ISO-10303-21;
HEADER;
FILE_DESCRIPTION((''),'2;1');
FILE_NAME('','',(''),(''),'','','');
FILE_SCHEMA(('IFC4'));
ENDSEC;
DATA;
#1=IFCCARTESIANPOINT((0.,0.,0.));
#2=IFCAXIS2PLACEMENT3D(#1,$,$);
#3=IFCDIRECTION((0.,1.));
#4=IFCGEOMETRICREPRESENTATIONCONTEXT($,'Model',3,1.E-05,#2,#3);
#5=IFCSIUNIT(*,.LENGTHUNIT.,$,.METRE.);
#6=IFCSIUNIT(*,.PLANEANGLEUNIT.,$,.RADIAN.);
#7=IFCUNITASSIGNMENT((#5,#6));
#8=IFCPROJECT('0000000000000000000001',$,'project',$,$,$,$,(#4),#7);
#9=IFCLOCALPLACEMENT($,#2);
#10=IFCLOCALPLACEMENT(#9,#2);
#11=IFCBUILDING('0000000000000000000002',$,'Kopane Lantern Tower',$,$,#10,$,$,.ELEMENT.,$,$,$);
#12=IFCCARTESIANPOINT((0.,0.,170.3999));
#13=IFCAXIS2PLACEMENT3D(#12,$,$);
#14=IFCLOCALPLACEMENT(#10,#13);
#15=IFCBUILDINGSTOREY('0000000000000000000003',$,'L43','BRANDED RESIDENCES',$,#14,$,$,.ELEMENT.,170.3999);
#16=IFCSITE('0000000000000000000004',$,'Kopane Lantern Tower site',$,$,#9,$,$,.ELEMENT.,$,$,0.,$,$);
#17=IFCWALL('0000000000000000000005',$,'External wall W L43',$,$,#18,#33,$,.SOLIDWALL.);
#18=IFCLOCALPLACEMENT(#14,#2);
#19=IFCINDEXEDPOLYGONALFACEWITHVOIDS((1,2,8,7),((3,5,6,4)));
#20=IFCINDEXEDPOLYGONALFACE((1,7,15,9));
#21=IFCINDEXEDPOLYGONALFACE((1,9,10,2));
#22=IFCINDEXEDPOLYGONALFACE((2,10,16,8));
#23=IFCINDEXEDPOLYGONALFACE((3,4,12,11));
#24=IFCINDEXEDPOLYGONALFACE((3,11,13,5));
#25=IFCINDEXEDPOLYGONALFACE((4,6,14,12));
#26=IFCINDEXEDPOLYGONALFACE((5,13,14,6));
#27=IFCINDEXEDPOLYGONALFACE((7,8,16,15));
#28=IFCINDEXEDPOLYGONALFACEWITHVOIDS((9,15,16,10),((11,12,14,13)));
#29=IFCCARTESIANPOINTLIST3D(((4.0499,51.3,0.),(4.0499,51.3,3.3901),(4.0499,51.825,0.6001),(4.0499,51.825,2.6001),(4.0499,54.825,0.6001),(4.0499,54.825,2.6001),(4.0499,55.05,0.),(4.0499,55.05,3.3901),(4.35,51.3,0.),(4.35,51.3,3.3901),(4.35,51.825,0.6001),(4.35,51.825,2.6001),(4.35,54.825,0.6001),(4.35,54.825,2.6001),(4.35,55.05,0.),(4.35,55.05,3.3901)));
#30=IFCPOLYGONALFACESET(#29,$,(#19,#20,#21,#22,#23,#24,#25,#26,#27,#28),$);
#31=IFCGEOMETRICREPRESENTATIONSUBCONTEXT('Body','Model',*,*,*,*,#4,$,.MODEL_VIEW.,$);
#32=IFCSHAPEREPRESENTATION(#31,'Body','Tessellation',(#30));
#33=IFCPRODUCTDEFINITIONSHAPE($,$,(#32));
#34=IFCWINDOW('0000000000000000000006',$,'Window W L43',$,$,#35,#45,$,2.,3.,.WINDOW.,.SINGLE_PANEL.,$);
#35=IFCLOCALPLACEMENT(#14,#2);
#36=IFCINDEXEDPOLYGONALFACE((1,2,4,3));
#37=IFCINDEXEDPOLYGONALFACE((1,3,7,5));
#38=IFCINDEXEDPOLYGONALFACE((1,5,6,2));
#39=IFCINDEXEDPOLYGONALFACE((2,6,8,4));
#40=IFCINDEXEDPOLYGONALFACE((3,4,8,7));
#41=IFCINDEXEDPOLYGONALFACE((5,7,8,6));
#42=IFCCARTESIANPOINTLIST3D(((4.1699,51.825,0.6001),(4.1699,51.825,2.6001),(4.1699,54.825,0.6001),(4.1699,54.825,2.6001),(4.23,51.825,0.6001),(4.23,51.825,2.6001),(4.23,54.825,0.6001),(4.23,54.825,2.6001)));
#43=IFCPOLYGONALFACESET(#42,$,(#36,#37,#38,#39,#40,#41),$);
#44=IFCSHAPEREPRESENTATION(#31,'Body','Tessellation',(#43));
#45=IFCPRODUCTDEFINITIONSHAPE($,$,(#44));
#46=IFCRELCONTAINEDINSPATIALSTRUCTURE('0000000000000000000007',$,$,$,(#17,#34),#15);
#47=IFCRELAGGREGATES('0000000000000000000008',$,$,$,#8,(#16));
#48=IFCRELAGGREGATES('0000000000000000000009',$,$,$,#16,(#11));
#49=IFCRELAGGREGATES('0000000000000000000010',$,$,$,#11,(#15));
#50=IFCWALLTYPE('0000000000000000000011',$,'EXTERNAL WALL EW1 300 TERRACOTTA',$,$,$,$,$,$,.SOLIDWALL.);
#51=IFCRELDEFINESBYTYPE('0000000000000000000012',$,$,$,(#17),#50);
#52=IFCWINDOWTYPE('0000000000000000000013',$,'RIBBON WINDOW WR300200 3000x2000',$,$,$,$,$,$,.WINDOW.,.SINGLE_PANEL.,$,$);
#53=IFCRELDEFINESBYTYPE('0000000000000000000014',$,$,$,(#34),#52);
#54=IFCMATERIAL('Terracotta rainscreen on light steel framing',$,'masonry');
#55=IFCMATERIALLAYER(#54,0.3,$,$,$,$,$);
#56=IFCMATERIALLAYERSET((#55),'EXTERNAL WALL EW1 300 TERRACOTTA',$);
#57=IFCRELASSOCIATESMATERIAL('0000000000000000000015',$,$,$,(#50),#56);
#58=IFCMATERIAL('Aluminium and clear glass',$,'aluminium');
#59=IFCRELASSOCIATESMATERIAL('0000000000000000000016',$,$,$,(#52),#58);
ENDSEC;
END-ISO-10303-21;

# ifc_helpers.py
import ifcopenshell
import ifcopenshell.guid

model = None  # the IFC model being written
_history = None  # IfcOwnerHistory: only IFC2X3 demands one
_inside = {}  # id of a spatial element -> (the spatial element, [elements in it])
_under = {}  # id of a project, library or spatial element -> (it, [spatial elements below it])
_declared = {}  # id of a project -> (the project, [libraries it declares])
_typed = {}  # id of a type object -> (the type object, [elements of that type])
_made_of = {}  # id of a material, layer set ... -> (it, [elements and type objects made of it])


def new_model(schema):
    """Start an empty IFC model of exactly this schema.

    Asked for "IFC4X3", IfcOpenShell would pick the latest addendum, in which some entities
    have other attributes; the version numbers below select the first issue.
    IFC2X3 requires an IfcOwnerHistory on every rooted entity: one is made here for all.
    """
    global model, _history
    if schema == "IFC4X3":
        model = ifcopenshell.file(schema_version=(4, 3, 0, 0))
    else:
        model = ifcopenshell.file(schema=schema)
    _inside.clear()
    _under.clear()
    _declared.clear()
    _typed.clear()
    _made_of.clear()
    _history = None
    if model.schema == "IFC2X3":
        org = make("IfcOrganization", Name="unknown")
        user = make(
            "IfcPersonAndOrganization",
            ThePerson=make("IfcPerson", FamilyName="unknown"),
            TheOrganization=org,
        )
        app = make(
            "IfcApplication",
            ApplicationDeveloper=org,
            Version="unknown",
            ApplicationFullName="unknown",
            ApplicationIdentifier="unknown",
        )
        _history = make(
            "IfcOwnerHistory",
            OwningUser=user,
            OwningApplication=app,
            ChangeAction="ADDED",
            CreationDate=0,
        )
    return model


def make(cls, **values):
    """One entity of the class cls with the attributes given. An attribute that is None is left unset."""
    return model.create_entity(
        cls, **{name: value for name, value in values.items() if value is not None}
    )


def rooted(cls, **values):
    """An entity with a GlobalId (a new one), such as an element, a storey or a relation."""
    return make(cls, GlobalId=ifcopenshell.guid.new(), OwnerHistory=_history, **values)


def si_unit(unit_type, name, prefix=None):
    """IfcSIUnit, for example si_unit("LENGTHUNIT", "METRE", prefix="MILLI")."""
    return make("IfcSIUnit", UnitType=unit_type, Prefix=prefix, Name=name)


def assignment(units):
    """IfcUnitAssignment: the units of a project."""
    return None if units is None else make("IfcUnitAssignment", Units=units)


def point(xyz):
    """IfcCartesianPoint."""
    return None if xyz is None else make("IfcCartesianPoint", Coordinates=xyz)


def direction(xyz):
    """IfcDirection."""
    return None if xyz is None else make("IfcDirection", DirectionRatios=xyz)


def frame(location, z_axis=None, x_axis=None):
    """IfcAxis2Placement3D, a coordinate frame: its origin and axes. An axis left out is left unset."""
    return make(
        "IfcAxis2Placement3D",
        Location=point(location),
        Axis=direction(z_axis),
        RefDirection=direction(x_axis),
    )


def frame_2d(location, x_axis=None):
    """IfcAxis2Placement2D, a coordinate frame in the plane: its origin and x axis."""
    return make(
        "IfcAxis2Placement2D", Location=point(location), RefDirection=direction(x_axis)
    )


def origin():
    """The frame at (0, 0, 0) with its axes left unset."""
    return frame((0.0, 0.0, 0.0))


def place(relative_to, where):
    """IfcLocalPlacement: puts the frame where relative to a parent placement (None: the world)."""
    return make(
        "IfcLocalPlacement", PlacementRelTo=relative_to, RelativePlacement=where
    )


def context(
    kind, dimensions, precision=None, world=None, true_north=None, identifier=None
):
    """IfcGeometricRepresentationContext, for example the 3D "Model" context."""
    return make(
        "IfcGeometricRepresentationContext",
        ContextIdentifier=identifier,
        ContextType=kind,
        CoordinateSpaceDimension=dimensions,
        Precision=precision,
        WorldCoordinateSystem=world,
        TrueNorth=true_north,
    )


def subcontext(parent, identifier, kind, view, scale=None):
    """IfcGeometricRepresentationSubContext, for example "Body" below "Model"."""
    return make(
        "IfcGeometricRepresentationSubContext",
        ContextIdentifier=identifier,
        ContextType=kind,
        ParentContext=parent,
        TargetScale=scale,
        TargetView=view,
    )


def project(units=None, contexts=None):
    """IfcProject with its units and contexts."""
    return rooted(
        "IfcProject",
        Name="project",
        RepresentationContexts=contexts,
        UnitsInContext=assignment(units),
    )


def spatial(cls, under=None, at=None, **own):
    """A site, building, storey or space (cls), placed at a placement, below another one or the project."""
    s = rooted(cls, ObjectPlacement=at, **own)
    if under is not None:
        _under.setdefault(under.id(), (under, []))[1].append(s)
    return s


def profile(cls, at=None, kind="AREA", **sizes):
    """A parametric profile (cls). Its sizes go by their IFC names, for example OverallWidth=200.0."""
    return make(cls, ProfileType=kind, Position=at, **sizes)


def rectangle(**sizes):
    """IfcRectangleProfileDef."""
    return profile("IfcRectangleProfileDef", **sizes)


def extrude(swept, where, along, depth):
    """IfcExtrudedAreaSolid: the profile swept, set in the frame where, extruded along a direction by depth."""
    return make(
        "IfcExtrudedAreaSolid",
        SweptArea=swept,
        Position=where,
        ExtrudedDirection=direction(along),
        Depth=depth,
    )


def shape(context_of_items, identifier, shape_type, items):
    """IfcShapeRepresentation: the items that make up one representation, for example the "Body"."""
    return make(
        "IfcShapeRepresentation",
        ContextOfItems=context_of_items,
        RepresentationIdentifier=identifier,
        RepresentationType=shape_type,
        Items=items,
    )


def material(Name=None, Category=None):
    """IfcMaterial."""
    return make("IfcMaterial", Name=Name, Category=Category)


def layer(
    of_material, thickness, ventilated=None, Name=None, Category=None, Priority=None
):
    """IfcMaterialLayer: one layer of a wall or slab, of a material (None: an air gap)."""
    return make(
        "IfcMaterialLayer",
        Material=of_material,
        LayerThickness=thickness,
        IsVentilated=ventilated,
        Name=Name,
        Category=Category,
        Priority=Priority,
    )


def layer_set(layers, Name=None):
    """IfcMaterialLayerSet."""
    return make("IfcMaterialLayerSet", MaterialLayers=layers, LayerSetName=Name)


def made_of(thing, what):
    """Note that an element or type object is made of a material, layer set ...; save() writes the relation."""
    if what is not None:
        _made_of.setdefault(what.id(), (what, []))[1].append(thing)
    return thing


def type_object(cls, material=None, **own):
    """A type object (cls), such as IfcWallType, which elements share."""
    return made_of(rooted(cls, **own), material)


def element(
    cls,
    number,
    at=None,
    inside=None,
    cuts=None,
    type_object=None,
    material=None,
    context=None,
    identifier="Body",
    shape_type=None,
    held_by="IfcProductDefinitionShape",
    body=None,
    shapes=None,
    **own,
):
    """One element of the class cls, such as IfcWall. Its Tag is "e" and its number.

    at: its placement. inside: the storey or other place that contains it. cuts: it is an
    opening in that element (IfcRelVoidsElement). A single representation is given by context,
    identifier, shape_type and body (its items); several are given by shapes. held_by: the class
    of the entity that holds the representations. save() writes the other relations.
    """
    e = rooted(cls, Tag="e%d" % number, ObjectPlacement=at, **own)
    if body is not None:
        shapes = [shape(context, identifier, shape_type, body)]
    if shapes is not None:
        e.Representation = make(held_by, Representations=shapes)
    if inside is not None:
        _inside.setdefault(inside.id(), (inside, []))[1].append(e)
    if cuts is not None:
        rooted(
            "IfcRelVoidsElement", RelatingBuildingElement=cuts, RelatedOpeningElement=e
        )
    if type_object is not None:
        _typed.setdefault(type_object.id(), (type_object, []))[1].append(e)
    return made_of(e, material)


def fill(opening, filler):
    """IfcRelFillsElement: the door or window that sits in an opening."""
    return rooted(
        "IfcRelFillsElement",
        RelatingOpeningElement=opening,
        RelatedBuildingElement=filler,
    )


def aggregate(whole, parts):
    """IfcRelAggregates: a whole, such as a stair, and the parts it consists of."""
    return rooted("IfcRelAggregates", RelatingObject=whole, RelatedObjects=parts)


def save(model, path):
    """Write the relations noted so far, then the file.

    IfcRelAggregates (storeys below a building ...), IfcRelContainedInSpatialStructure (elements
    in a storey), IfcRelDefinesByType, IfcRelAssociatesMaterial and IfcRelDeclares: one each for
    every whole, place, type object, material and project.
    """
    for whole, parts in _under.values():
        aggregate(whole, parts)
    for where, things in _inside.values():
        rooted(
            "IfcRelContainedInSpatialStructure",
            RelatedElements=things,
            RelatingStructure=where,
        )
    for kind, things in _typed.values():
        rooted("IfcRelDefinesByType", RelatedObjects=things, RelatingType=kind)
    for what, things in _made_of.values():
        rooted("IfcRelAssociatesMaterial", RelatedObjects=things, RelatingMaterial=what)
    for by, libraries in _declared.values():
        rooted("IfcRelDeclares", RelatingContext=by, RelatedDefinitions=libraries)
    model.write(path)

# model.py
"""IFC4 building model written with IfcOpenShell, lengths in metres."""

from ifc_helpers import new_model, si_unit, direction, frame, frame_2d, origin, place, context, subcontext, project, spatial, rectangle, extrude, material, layer, layer_set, type_object, element, fill, save


model = new_model("IFC4")

# Units and contexts
model_context = context("Model", 3, precision=1e-05, world=origin(), true_north=direction((0.0, 1.0)))
body_context = subcontext(model_context, "Body", "Model", "MODEL_VIEW")
ifc_project = project(units=[si_unit("LENGTHUNIT", "METRE"), si_unit("PLANEANGLEUNIT", "RADIAN")], contexts=[model_context])

# Site, building, storey
site_placement = place(None, origin())
site = spatial("IfcSite", under=ifc_project, at=site_placement, Name="Kopane Lantern Tower site", CompositionType="ELEMENT", RefElevation=0.0)
building_placement = place(site_placement, origin())
building = spatial("IfcBuilding", under=site, at=building_placement, Name="Kopane Lantern Tower", CompositionType="ELEMENT")
storey_placement = place(building_placement, frame((0.0, 0.0, 170.3999)))
storey = spatial("IfcBuildingStorey", under=building, at=storey_placement, Name="L43", Description="BRANDED RESIDENCES", CompositionType="ELEMENT", Elevation=170.3999)

# Wall, opening, window
ifc_material_1 = material(Name="Terracotta rainscreen on light steel framing", Category="masonry")
ifc_layer_1 = layer(ifc_material_1, 0.3)
ifc_layer_set_1 = layer_set([ifc_layer_1], Name="EXTERNAL WALL EW1 300 TERRACOTTA")
wall_type_1 = type_object("IfcWallType", Name="EXTERNAL WALL EW1 300 TERRACOTTA", PredefinedType="SOLIDWALL", material=ifc_layer_set_1)
ifc_material_2 = material(Name="Aluminium and clear glass", Category="aluminium")
window_type = type_object("IfcWindowType", Name="RIBBON WINDOW WR300200 3000x2000", PartitioningType="SINGLE_PANEL", PredefinedType="WINDOW", material=ifc_material_2)
wall_1_placement = place(storey_placement, frame((4.2, 55.05, 0.0), z_axis=(0.0, 0.0, 1.0), x_axis=(0.0, -1.0, 0.0)))
wall_1 = element("IfcWall", 1, at=wall_1_placement, inside=storey, type_object=wall_type_1, Name="External wall W L43", PredefinedType="SOLIDWALL", context=body_context, shape_type="SweptSolid", body=[
    extrude(rectangle(XDim=3.75, YDim=0.3, at=frame_2d((1.875, 0.0))), origin(), (0.0, 0.0, 1.0), 3.3901),
])
opening_1_placement = place(wall_1_placement, frame((0.2251, 0.0, 0.6001)))
opening_1 = element("IfcOpeningElement", 2, at=opening_1_placement, cuts=wall_1, PredefinedType="OPENING", context=body_context, shape_type="SweptSolid", body=[
    extrude(rectangle(XDim=3.0, YDim=2.0, at=frame_2d((1.5, 1.0))), frame((0.0, 0.1599, 0.0), z_axis=(0.0, -1.0, 0.0), x_axis=(1.0, 0.0, 0.0)), (0.0, 0.0, 1.0), 0.3201),
])
window_1_placement = place(opening_1_placement, origin())
window_1 = element("IfcWindow", 3, at=window_1_placement, inside=storey, type_object=window_type, Name="Window W L43", OverallHeight=2.0, OverallWidth=3.0, PartitioningType="SINGLE_PANEL", PredefinedType="WINDOW", context=body_context, shape_type="SweptSolid", body=[
    extrude(rectangle(XDim=3.0, YDim=2.0, at=frame_2d((1.5, 1.0))), frame((0.0, 0.03, 0.0), z_axis=(0.0, -1.0, 0.0), x_axis=(1.0, 0.0, 0.0)), (0.0, 0.0, 1.0), 0.0601),
])
fill(opening_1, window_1)

save(model, "model.ifc")
